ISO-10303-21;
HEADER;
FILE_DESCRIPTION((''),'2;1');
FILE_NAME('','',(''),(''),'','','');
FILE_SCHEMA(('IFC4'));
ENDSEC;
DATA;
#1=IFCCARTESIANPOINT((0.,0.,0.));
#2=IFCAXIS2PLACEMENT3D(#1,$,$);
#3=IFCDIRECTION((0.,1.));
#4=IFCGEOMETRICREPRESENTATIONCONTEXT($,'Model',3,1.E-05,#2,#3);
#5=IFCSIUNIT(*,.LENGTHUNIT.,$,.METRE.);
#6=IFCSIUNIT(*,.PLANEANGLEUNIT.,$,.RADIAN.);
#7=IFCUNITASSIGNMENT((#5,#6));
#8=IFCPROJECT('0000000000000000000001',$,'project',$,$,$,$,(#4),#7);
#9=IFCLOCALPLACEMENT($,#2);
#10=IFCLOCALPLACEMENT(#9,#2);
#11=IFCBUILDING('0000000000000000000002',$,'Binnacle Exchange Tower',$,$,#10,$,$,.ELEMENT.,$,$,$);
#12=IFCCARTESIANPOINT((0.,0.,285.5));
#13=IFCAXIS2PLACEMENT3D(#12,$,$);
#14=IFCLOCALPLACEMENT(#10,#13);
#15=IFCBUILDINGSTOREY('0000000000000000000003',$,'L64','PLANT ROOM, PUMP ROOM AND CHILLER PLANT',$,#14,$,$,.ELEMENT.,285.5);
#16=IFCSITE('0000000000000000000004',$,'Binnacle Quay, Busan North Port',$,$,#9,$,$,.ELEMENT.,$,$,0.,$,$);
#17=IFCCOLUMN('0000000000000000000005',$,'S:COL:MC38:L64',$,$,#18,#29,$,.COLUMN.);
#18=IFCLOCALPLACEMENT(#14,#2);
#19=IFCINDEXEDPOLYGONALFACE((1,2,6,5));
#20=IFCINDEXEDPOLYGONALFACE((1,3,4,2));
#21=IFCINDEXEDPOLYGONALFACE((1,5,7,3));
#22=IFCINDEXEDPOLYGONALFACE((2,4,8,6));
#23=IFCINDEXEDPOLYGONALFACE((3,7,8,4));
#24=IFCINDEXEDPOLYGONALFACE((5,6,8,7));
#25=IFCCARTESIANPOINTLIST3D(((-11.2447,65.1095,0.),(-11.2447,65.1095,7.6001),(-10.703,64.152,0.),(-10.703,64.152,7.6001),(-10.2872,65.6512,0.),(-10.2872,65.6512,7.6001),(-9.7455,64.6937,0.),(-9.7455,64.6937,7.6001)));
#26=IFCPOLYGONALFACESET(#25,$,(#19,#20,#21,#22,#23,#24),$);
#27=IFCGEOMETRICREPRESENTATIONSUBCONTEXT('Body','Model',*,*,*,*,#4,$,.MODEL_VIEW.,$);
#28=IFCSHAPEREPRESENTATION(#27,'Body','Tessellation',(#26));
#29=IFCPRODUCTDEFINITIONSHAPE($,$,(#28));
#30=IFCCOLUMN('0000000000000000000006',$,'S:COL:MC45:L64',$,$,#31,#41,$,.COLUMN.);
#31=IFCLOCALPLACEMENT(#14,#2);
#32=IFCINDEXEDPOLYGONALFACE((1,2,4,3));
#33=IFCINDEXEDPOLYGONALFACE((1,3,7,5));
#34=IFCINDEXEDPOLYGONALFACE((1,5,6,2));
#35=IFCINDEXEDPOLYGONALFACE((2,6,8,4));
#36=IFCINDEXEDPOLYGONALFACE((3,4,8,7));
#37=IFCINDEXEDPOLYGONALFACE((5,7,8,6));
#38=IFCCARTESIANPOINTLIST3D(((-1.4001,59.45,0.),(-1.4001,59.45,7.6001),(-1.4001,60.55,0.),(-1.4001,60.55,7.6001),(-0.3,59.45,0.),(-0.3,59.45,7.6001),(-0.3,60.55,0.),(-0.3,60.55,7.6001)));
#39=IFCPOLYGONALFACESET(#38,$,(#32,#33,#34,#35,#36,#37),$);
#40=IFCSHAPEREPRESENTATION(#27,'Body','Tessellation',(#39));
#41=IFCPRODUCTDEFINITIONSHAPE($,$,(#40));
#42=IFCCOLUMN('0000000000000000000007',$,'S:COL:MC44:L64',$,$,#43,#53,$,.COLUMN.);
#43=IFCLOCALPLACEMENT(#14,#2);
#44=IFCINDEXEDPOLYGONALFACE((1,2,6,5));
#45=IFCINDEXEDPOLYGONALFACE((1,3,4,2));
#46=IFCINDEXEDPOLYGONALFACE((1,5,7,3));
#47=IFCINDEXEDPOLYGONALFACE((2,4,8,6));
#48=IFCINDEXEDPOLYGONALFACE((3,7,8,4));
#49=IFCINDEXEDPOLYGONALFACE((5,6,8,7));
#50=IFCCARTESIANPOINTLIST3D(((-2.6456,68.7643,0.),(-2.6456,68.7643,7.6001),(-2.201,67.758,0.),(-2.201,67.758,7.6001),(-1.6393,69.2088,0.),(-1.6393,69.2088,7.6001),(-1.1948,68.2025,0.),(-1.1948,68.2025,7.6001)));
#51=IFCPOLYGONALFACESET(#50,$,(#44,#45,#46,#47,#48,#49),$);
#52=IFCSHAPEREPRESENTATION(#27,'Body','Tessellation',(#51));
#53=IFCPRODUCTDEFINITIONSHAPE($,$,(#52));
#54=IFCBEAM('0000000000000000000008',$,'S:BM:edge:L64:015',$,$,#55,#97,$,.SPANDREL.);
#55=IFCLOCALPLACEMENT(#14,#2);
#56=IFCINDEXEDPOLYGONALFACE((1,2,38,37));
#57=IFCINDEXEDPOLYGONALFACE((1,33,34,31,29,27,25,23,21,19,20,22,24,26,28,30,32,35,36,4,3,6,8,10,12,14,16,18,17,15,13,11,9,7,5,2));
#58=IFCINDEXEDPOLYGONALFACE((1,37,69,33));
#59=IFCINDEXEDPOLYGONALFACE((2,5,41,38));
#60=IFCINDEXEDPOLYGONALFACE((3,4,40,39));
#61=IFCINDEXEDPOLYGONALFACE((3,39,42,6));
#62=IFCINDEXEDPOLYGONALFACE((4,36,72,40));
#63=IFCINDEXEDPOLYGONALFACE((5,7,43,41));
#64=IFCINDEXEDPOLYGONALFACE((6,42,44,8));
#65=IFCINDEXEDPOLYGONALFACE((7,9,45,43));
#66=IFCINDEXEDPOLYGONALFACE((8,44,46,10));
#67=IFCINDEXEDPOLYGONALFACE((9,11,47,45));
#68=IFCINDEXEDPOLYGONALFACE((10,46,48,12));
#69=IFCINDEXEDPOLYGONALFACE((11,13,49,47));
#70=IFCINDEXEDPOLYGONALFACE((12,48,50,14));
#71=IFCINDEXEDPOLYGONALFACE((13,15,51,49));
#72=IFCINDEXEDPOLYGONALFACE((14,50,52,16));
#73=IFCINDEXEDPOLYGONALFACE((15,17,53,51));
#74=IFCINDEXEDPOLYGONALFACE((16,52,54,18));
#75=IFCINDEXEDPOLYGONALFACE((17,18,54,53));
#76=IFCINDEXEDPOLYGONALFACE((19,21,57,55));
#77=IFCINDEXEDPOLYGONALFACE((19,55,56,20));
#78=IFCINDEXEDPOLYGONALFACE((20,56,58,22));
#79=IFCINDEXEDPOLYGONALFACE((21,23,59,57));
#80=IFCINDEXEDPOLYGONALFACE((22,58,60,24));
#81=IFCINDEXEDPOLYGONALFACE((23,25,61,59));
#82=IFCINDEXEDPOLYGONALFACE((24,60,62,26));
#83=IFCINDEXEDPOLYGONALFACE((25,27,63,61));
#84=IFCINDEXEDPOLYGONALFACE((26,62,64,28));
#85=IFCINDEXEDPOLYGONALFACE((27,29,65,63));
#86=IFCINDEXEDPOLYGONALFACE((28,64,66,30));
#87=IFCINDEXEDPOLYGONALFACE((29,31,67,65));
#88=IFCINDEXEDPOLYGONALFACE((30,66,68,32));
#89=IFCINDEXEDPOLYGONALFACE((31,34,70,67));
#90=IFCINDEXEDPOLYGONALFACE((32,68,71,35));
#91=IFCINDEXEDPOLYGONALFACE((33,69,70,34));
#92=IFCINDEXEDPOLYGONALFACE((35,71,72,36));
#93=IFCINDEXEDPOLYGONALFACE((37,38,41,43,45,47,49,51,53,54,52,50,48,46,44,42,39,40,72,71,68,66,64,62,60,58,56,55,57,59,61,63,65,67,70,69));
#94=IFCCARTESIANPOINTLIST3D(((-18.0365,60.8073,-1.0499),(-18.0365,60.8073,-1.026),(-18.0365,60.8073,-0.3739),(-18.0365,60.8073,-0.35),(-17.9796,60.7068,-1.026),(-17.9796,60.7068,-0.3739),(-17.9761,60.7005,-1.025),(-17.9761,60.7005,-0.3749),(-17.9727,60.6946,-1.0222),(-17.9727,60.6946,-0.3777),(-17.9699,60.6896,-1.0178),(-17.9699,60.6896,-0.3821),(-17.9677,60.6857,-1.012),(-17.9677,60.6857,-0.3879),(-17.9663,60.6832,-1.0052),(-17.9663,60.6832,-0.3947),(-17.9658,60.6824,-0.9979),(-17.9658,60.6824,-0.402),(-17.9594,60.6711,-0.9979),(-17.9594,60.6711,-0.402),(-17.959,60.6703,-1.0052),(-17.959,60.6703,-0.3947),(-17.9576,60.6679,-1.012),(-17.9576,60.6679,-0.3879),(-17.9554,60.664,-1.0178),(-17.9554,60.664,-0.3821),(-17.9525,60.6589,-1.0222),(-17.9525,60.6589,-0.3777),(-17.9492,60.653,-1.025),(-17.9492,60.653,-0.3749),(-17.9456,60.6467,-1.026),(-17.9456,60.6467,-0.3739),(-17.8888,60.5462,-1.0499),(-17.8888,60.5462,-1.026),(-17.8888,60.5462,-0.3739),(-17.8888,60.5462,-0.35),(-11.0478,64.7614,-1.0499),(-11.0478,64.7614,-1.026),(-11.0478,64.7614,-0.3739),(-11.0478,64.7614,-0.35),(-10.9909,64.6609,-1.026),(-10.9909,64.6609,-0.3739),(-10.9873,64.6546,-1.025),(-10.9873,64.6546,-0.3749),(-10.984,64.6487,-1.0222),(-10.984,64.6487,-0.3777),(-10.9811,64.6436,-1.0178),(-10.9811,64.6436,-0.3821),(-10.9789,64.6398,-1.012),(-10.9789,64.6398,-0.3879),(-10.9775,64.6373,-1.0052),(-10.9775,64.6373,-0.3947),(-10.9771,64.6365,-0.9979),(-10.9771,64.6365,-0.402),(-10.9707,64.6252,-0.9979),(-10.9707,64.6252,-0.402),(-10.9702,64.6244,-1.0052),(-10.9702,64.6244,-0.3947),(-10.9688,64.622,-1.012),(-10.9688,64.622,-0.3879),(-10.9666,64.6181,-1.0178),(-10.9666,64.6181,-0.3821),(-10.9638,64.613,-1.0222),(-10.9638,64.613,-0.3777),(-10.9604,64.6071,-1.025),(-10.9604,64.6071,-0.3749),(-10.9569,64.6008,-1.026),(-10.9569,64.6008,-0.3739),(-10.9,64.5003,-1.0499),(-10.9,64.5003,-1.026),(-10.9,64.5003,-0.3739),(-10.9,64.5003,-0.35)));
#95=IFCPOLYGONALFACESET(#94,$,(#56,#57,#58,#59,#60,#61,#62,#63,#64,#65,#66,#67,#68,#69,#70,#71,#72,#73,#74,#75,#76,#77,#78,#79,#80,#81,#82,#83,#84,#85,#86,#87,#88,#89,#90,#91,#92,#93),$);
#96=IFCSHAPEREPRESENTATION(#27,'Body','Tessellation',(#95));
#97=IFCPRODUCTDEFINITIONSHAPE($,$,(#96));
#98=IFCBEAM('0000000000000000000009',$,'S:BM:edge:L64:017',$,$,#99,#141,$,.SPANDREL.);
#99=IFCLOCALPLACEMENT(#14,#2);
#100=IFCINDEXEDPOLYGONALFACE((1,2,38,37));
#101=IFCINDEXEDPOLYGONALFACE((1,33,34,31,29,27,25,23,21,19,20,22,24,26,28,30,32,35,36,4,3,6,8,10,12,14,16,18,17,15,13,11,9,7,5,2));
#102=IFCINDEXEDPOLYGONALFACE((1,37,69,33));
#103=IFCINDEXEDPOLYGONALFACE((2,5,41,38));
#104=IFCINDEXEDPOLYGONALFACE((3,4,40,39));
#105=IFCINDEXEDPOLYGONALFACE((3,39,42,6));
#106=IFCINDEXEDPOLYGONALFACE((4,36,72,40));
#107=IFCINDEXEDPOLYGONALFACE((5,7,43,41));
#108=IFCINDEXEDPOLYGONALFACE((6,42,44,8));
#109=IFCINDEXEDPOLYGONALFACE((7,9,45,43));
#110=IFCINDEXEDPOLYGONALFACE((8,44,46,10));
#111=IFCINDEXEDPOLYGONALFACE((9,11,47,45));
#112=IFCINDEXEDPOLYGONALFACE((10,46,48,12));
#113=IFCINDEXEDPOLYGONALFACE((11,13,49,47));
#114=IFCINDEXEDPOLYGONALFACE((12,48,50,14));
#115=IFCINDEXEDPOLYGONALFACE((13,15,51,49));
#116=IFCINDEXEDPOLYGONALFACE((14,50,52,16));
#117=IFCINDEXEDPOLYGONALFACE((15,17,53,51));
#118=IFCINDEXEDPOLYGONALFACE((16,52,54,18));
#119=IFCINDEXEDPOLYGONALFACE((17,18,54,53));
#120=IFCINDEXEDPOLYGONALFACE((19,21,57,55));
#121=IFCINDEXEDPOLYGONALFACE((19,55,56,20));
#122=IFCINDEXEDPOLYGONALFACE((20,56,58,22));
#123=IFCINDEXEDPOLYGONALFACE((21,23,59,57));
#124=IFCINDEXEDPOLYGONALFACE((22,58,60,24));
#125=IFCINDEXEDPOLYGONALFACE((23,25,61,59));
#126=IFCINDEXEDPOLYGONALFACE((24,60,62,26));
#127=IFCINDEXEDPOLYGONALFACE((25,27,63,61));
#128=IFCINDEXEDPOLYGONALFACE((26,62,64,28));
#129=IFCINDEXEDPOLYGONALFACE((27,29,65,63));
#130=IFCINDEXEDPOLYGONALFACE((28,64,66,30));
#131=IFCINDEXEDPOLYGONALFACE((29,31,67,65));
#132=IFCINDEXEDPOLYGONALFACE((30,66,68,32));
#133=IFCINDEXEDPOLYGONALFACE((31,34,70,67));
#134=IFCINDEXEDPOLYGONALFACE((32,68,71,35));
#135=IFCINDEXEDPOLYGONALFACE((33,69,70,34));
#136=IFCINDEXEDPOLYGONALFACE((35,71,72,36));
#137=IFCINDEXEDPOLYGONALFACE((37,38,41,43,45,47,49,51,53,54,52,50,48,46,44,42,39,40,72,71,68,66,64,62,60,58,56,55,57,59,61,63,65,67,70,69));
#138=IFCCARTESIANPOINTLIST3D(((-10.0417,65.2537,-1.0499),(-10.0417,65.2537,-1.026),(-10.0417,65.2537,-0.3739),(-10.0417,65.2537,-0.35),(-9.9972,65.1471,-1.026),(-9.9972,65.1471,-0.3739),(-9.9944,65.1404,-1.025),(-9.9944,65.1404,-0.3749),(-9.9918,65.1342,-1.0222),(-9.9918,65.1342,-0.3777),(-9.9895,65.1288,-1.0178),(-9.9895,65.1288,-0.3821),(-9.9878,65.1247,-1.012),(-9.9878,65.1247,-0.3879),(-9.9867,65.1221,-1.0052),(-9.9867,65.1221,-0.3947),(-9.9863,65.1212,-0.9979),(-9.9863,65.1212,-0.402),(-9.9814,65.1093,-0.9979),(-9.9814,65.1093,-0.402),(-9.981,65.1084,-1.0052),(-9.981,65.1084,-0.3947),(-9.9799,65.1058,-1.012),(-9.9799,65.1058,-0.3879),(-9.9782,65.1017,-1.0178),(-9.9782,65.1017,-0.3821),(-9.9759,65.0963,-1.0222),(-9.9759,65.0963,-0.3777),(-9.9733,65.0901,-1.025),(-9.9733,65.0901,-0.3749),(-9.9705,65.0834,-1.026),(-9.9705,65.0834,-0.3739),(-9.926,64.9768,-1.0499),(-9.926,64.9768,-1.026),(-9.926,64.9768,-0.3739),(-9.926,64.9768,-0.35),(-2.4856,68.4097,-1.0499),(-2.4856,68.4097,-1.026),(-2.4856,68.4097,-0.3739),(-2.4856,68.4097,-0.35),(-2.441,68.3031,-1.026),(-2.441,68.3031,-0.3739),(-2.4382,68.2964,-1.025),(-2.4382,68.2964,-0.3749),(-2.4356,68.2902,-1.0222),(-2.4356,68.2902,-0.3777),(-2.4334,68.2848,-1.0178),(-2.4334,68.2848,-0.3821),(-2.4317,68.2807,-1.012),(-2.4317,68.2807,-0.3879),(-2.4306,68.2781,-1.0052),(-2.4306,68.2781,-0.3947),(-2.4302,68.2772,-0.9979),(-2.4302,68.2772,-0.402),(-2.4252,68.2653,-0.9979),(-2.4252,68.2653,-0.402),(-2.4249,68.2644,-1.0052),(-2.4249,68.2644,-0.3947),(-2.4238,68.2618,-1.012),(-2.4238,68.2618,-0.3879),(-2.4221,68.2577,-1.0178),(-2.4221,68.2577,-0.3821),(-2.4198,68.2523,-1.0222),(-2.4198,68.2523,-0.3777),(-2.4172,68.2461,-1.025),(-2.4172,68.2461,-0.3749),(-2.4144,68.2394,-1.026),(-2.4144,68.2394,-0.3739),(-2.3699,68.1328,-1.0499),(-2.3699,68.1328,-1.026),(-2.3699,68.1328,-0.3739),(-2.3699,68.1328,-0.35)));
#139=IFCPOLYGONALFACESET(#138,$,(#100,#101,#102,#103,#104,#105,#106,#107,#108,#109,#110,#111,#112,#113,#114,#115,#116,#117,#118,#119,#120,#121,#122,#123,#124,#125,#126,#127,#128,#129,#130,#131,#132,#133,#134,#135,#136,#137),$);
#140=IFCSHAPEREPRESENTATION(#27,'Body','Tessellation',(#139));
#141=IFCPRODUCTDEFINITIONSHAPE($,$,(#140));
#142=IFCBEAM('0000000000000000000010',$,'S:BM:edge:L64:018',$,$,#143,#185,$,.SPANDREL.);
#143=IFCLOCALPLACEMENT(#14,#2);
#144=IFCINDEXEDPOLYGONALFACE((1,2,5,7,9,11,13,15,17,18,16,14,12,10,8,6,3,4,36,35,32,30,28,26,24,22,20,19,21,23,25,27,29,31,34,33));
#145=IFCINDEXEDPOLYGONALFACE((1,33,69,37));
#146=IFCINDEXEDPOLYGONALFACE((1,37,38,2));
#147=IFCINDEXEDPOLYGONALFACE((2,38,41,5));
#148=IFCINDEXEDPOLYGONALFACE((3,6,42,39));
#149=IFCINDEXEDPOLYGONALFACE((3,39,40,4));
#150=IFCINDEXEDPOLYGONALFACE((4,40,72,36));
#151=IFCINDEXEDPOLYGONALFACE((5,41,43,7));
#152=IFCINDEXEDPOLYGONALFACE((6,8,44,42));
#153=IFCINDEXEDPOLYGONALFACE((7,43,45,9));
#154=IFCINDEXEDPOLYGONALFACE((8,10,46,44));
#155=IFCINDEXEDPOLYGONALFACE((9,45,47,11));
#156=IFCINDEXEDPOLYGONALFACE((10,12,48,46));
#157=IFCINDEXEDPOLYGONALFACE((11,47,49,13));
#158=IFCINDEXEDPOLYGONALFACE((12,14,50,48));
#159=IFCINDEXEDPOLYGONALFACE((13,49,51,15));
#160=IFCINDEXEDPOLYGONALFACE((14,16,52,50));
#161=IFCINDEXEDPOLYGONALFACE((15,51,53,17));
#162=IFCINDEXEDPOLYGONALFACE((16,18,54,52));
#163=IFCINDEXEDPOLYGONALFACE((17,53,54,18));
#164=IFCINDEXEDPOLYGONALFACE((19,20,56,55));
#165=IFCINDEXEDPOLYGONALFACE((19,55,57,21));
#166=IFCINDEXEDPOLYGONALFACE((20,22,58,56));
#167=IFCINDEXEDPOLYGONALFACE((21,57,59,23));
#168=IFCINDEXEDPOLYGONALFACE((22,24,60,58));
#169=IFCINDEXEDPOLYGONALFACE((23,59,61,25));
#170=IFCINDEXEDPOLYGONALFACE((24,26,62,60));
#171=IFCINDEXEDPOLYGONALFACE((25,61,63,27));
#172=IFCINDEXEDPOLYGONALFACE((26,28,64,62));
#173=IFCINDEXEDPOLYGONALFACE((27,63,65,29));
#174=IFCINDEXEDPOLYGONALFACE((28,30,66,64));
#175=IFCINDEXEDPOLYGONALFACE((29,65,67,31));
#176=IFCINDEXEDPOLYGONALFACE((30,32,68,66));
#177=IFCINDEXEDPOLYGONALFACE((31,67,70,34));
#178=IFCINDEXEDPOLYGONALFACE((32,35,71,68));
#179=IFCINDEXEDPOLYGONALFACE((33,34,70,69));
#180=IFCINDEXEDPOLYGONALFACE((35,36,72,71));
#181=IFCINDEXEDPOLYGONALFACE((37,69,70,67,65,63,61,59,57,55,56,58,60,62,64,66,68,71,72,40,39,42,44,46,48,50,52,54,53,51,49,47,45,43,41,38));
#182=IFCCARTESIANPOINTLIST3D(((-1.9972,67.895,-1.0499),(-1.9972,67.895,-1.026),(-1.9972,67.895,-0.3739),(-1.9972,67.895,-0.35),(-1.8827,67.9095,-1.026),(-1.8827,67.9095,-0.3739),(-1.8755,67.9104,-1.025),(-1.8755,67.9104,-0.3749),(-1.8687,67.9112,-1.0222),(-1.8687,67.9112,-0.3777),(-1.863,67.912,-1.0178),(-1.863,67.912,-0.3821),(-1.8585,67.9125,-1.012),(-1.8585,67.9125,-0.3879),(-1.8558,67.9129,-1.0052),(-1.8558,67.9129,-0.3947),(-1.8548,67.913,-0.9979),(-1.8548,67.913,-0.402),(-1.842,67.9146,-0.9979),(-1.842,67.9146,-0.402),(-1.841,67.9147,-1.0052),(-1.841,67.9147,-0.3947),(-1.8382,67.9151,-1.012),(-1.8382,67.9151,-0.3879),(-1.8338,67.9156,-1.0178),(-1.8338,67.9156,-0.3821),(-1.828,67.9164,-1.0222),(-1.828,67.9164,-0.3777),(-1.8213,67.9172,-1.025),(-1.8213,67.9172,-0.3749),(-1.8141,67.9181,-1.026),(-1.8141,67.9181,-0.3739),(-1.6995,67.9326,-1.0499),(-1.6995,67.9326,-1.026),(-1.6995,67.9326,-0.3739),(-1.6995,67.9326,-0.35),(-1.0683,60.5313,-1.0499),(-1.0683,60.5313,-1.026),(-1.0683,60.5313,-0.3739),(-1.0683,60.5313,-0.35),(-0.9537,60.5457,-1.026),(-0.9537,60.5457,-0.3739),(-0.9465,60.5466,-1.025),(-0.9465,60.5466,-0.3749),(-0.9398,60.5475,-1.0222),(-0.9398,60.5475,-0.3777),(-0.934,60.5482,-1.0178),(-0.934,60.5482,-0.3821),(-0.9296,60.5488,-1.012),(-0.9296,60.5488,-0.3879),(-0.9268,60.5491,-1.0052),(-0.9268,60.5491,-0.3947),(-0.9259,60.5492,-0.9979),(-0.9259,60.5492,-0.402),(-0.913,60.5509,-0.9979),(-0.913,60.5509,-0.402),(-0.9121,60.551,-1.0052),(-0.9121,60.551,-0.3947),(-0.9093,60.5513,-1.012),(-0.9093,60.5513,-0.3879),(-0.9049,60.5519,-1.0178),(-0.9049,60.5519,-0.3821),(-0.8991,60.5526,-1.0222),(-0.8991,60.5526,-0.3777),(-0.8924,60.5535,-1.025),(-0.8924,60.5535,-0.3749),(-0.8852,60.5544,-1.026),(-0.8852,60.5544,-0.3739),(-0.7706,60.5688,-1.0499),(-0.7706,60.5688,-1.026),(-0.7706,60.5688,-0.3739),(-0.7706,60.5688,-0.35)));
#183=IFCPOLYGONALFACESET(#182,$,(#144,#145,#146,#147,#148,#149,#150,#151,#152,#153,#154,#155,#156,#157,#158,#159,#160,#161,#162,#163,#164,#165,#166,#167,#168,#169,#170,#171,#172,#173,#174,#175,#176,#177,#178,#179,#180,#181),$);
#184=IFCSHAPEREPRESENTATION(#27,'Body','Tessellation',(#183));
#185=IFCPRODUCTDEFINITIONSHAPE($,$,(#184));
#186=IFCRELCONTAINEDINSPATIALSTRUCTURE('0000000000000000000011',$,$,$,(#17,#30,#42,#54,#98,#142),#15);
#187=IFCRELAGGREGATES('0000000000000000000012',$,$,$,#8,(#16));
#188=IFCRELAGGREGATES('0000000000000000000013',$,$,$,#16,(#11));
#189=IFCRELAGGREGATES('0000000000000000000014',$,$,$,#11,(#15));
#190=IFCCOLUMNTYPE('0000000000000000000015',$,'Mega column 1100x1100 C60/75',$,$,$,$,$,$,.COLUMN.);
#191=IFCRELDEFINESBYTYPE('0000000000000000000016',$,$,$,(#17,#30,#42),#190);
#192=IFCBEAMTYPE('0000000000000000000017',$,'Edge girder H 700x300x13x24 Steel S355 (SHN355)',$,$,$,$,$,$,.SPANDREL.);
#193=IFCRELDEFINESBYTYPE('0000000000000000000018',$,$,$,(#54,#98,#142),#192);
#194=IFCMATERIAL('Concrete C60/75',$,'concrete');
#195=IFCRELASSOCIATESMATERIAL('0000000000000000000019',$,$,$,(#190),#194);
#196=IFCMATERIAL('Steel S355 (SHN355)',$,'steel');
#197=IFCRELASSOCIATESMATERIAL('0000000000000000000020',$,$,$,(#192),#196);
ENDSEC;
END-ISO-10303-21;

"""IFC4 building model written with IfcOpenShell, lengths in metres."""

from ifc_helpers import new_model, si_unit, direction, frame, origin, origin_2d, place, context, subcontext, project, spatial, rectangle, i_section, extrude, material, material_profile, profile_set, type_object, element, save


model = new_model("IFC4")

# Units and contexts
model_context = context("Model", 3, precision=1e-05, world=origin(), true_north=direction((0.0, 1.0)))
body_context = subcontext(model_context, "Body", "Model", "MODEL_VIEW")
ifc_project = project(units=[si_unit("LENGTHUNIT", "METRE"), si_unit("PLANEANGLEUNIT", "RADIAN")], contexts=[model_context])

# Site, building, storey
site_placement = place(None, origin())
site = spatial("IfcSite", under=ifc_project, at=site_placement, Name="Binnacle Quay, Busan North Port", CompositionType="ELEMENT", RefElevation=0.0)
building_placement = place(site_placement, origin())
building = spatial("IfcBuilding", under=site, at=building_placement, Name="Binnacle Exchange Tower", CompositionType="ELEMENT")
storey_placement = place(building_placement, frame((0.0, 0.0, 285.5)))
storey = spatial("IfcBuildingStorey", under=building, at=storey_placement, Name="L64", Description="PLANT ROOM, PUMP ROOM AND CHILLER PLANT", CompositionType="ELEMENT", Elevation=285.5)

# Columns
ifc_material_1 = material(Name="Concrete C60/75", Category="concrete")
ifc_material_profile_1 = material_profile(ifc_material_1, rectangle(XDim=1.1001, YDim=1.1001, at=origin_2d()), Name="Mega column 1100x1100 C60/75")
ifc_profile_set_1 = profile_set([ifc_material_profile_1], Name="Concrete C60/75")
column_type = type_object("IfcColumnType", Name="Mega column 1100x1100 C60/75", PredefinedType="COLUMN", material=ifc_profile_set_1)
for number, where, z_axis, x_axis, name in (
    (1, (-10.4951, 64.9016, 0.0), (0.0, 0.0, 1.0), (-0.870356, -0.492424, 0.0), "S:COL:MC38:L64"),
    (2, (-0.8501, 60.0, 0.0), (0.0, 0.0, 1.0), (0.0, 1.0, 0.0), "S:COL:MC45:L64"),
    (3, (-1.9202, 68.4834, 0.0), (0.0, 0.0, 1.0), (-0.914713, -0.404104, 0.0), "S:COL:MC44:L64"),
):
    element("IfcColumn", number, at=place(storey_placement, frame(where, z_axis=z_axis, x_axis=x_axis)), inside=storey, type_object=column_type, Name=name, PredefinedType="COLUMN", context=body_context, shape_type="SweptSolid", body=[
        extrude(rectangle(XDim=1.1001, YDim=1.1001, at=origin_2d()), origin(), (0.0, 0.0, 1.0), 7.6001),
    ])

# Beams
ifc_material_2 = material(Name="Steel S355 (SHN355)", Category="steel")
ifc_material_profile_2 = material_profile(ifc_material_2, i_section(OverallWidth=0.3, OverallDepth=0.7, WebThickness=0.0129, FlangeThickness=0.0239, FilletRadius=0.0281, at=origin_2d()), Name="H 700x300x13x24")
ifc_profile_set_2 = profile_set([ifc_material_profile_2], Name="Steel S355 (SHN355)")
beam_type_1 = type_object("IfcBeamType", Name="Edge girder H 700x300x13x24 Steel S355 (SHN355)", PredefinedType="SPANDREL", material=ifc_profile_set_2)
beam_1_placement = place(storey_placement, frame((-10.9739, 64.6309, -0.7), z_axis=(-0.870353, -0.492428, 0.0), x_axis=(0.492428, -0.870353, 0.0)))
element("IfcBeam", 4, at=beam_1_placement, inside=storey, type_object=beam_type_1, Name="S:BM:edge:L64:015", PredefinedType="SPANDREL", context=body_context, shape_type="SweptSolid", body=[
    extrude(i_section(OverallWidth=0.3, OverallDepth=0.7, WebThickness=0.0129, FlangeThickness=0.0239, FilletRadius=0.0281, at=origin_2d()), origin(), (0.0, 0.0, 1.0), 8.0298),
])
beam_2_placement = place(storey_placement, frame((-2.4277, 68.2712, -0.7), z_axis=(-0.922747, -0.385407, 0.0), x_axis=(0.385407, -0.922747, 0.0)))
element("IfcBeam", 5, at=beam_2_placement, inside=storey, type_object=beam_type_1, Name="S:BM:edge:L64:017", PredefinedType="SPANDREL", context=body_context, shape_type="SweptSolid", body=[
    extrude(i_section(OverallWidth=0.3, OverallDepth=0.7, WebThickness=0.0129, FlangeThickness=0.0239, FilletRadius=0.0281, at=origin_2d()), origin(), (0.0, 0.0, 1.0), 8.1887),
])
beam_3_placement = place(storey_placement, frame((-0.9194, 60.55, -0.7), z_axis=(-0.12516, 0.992137, 0.0), x_axis=(-0.992137, -0.12516, 0.0)))
element("IfcBeam", 6, at=beam_3_placement, inside=storey, type_object=beam_type_1, Name="S:BM:edge:L64:018", PredefinedType="SPANDREL", context=body_context, shape_type="SweptSolid", body=[
    extrude(i_section(OverallWidth=0.3, OverallDepth=0.7, WebThickness=0.0129, FlangeThickness=0.0239, FilletRadius=0.0281, at=origin_2d()), origin(), (0.0, 0.0, 1.0), 7.4221),
])

save(model, "model.ifc")
